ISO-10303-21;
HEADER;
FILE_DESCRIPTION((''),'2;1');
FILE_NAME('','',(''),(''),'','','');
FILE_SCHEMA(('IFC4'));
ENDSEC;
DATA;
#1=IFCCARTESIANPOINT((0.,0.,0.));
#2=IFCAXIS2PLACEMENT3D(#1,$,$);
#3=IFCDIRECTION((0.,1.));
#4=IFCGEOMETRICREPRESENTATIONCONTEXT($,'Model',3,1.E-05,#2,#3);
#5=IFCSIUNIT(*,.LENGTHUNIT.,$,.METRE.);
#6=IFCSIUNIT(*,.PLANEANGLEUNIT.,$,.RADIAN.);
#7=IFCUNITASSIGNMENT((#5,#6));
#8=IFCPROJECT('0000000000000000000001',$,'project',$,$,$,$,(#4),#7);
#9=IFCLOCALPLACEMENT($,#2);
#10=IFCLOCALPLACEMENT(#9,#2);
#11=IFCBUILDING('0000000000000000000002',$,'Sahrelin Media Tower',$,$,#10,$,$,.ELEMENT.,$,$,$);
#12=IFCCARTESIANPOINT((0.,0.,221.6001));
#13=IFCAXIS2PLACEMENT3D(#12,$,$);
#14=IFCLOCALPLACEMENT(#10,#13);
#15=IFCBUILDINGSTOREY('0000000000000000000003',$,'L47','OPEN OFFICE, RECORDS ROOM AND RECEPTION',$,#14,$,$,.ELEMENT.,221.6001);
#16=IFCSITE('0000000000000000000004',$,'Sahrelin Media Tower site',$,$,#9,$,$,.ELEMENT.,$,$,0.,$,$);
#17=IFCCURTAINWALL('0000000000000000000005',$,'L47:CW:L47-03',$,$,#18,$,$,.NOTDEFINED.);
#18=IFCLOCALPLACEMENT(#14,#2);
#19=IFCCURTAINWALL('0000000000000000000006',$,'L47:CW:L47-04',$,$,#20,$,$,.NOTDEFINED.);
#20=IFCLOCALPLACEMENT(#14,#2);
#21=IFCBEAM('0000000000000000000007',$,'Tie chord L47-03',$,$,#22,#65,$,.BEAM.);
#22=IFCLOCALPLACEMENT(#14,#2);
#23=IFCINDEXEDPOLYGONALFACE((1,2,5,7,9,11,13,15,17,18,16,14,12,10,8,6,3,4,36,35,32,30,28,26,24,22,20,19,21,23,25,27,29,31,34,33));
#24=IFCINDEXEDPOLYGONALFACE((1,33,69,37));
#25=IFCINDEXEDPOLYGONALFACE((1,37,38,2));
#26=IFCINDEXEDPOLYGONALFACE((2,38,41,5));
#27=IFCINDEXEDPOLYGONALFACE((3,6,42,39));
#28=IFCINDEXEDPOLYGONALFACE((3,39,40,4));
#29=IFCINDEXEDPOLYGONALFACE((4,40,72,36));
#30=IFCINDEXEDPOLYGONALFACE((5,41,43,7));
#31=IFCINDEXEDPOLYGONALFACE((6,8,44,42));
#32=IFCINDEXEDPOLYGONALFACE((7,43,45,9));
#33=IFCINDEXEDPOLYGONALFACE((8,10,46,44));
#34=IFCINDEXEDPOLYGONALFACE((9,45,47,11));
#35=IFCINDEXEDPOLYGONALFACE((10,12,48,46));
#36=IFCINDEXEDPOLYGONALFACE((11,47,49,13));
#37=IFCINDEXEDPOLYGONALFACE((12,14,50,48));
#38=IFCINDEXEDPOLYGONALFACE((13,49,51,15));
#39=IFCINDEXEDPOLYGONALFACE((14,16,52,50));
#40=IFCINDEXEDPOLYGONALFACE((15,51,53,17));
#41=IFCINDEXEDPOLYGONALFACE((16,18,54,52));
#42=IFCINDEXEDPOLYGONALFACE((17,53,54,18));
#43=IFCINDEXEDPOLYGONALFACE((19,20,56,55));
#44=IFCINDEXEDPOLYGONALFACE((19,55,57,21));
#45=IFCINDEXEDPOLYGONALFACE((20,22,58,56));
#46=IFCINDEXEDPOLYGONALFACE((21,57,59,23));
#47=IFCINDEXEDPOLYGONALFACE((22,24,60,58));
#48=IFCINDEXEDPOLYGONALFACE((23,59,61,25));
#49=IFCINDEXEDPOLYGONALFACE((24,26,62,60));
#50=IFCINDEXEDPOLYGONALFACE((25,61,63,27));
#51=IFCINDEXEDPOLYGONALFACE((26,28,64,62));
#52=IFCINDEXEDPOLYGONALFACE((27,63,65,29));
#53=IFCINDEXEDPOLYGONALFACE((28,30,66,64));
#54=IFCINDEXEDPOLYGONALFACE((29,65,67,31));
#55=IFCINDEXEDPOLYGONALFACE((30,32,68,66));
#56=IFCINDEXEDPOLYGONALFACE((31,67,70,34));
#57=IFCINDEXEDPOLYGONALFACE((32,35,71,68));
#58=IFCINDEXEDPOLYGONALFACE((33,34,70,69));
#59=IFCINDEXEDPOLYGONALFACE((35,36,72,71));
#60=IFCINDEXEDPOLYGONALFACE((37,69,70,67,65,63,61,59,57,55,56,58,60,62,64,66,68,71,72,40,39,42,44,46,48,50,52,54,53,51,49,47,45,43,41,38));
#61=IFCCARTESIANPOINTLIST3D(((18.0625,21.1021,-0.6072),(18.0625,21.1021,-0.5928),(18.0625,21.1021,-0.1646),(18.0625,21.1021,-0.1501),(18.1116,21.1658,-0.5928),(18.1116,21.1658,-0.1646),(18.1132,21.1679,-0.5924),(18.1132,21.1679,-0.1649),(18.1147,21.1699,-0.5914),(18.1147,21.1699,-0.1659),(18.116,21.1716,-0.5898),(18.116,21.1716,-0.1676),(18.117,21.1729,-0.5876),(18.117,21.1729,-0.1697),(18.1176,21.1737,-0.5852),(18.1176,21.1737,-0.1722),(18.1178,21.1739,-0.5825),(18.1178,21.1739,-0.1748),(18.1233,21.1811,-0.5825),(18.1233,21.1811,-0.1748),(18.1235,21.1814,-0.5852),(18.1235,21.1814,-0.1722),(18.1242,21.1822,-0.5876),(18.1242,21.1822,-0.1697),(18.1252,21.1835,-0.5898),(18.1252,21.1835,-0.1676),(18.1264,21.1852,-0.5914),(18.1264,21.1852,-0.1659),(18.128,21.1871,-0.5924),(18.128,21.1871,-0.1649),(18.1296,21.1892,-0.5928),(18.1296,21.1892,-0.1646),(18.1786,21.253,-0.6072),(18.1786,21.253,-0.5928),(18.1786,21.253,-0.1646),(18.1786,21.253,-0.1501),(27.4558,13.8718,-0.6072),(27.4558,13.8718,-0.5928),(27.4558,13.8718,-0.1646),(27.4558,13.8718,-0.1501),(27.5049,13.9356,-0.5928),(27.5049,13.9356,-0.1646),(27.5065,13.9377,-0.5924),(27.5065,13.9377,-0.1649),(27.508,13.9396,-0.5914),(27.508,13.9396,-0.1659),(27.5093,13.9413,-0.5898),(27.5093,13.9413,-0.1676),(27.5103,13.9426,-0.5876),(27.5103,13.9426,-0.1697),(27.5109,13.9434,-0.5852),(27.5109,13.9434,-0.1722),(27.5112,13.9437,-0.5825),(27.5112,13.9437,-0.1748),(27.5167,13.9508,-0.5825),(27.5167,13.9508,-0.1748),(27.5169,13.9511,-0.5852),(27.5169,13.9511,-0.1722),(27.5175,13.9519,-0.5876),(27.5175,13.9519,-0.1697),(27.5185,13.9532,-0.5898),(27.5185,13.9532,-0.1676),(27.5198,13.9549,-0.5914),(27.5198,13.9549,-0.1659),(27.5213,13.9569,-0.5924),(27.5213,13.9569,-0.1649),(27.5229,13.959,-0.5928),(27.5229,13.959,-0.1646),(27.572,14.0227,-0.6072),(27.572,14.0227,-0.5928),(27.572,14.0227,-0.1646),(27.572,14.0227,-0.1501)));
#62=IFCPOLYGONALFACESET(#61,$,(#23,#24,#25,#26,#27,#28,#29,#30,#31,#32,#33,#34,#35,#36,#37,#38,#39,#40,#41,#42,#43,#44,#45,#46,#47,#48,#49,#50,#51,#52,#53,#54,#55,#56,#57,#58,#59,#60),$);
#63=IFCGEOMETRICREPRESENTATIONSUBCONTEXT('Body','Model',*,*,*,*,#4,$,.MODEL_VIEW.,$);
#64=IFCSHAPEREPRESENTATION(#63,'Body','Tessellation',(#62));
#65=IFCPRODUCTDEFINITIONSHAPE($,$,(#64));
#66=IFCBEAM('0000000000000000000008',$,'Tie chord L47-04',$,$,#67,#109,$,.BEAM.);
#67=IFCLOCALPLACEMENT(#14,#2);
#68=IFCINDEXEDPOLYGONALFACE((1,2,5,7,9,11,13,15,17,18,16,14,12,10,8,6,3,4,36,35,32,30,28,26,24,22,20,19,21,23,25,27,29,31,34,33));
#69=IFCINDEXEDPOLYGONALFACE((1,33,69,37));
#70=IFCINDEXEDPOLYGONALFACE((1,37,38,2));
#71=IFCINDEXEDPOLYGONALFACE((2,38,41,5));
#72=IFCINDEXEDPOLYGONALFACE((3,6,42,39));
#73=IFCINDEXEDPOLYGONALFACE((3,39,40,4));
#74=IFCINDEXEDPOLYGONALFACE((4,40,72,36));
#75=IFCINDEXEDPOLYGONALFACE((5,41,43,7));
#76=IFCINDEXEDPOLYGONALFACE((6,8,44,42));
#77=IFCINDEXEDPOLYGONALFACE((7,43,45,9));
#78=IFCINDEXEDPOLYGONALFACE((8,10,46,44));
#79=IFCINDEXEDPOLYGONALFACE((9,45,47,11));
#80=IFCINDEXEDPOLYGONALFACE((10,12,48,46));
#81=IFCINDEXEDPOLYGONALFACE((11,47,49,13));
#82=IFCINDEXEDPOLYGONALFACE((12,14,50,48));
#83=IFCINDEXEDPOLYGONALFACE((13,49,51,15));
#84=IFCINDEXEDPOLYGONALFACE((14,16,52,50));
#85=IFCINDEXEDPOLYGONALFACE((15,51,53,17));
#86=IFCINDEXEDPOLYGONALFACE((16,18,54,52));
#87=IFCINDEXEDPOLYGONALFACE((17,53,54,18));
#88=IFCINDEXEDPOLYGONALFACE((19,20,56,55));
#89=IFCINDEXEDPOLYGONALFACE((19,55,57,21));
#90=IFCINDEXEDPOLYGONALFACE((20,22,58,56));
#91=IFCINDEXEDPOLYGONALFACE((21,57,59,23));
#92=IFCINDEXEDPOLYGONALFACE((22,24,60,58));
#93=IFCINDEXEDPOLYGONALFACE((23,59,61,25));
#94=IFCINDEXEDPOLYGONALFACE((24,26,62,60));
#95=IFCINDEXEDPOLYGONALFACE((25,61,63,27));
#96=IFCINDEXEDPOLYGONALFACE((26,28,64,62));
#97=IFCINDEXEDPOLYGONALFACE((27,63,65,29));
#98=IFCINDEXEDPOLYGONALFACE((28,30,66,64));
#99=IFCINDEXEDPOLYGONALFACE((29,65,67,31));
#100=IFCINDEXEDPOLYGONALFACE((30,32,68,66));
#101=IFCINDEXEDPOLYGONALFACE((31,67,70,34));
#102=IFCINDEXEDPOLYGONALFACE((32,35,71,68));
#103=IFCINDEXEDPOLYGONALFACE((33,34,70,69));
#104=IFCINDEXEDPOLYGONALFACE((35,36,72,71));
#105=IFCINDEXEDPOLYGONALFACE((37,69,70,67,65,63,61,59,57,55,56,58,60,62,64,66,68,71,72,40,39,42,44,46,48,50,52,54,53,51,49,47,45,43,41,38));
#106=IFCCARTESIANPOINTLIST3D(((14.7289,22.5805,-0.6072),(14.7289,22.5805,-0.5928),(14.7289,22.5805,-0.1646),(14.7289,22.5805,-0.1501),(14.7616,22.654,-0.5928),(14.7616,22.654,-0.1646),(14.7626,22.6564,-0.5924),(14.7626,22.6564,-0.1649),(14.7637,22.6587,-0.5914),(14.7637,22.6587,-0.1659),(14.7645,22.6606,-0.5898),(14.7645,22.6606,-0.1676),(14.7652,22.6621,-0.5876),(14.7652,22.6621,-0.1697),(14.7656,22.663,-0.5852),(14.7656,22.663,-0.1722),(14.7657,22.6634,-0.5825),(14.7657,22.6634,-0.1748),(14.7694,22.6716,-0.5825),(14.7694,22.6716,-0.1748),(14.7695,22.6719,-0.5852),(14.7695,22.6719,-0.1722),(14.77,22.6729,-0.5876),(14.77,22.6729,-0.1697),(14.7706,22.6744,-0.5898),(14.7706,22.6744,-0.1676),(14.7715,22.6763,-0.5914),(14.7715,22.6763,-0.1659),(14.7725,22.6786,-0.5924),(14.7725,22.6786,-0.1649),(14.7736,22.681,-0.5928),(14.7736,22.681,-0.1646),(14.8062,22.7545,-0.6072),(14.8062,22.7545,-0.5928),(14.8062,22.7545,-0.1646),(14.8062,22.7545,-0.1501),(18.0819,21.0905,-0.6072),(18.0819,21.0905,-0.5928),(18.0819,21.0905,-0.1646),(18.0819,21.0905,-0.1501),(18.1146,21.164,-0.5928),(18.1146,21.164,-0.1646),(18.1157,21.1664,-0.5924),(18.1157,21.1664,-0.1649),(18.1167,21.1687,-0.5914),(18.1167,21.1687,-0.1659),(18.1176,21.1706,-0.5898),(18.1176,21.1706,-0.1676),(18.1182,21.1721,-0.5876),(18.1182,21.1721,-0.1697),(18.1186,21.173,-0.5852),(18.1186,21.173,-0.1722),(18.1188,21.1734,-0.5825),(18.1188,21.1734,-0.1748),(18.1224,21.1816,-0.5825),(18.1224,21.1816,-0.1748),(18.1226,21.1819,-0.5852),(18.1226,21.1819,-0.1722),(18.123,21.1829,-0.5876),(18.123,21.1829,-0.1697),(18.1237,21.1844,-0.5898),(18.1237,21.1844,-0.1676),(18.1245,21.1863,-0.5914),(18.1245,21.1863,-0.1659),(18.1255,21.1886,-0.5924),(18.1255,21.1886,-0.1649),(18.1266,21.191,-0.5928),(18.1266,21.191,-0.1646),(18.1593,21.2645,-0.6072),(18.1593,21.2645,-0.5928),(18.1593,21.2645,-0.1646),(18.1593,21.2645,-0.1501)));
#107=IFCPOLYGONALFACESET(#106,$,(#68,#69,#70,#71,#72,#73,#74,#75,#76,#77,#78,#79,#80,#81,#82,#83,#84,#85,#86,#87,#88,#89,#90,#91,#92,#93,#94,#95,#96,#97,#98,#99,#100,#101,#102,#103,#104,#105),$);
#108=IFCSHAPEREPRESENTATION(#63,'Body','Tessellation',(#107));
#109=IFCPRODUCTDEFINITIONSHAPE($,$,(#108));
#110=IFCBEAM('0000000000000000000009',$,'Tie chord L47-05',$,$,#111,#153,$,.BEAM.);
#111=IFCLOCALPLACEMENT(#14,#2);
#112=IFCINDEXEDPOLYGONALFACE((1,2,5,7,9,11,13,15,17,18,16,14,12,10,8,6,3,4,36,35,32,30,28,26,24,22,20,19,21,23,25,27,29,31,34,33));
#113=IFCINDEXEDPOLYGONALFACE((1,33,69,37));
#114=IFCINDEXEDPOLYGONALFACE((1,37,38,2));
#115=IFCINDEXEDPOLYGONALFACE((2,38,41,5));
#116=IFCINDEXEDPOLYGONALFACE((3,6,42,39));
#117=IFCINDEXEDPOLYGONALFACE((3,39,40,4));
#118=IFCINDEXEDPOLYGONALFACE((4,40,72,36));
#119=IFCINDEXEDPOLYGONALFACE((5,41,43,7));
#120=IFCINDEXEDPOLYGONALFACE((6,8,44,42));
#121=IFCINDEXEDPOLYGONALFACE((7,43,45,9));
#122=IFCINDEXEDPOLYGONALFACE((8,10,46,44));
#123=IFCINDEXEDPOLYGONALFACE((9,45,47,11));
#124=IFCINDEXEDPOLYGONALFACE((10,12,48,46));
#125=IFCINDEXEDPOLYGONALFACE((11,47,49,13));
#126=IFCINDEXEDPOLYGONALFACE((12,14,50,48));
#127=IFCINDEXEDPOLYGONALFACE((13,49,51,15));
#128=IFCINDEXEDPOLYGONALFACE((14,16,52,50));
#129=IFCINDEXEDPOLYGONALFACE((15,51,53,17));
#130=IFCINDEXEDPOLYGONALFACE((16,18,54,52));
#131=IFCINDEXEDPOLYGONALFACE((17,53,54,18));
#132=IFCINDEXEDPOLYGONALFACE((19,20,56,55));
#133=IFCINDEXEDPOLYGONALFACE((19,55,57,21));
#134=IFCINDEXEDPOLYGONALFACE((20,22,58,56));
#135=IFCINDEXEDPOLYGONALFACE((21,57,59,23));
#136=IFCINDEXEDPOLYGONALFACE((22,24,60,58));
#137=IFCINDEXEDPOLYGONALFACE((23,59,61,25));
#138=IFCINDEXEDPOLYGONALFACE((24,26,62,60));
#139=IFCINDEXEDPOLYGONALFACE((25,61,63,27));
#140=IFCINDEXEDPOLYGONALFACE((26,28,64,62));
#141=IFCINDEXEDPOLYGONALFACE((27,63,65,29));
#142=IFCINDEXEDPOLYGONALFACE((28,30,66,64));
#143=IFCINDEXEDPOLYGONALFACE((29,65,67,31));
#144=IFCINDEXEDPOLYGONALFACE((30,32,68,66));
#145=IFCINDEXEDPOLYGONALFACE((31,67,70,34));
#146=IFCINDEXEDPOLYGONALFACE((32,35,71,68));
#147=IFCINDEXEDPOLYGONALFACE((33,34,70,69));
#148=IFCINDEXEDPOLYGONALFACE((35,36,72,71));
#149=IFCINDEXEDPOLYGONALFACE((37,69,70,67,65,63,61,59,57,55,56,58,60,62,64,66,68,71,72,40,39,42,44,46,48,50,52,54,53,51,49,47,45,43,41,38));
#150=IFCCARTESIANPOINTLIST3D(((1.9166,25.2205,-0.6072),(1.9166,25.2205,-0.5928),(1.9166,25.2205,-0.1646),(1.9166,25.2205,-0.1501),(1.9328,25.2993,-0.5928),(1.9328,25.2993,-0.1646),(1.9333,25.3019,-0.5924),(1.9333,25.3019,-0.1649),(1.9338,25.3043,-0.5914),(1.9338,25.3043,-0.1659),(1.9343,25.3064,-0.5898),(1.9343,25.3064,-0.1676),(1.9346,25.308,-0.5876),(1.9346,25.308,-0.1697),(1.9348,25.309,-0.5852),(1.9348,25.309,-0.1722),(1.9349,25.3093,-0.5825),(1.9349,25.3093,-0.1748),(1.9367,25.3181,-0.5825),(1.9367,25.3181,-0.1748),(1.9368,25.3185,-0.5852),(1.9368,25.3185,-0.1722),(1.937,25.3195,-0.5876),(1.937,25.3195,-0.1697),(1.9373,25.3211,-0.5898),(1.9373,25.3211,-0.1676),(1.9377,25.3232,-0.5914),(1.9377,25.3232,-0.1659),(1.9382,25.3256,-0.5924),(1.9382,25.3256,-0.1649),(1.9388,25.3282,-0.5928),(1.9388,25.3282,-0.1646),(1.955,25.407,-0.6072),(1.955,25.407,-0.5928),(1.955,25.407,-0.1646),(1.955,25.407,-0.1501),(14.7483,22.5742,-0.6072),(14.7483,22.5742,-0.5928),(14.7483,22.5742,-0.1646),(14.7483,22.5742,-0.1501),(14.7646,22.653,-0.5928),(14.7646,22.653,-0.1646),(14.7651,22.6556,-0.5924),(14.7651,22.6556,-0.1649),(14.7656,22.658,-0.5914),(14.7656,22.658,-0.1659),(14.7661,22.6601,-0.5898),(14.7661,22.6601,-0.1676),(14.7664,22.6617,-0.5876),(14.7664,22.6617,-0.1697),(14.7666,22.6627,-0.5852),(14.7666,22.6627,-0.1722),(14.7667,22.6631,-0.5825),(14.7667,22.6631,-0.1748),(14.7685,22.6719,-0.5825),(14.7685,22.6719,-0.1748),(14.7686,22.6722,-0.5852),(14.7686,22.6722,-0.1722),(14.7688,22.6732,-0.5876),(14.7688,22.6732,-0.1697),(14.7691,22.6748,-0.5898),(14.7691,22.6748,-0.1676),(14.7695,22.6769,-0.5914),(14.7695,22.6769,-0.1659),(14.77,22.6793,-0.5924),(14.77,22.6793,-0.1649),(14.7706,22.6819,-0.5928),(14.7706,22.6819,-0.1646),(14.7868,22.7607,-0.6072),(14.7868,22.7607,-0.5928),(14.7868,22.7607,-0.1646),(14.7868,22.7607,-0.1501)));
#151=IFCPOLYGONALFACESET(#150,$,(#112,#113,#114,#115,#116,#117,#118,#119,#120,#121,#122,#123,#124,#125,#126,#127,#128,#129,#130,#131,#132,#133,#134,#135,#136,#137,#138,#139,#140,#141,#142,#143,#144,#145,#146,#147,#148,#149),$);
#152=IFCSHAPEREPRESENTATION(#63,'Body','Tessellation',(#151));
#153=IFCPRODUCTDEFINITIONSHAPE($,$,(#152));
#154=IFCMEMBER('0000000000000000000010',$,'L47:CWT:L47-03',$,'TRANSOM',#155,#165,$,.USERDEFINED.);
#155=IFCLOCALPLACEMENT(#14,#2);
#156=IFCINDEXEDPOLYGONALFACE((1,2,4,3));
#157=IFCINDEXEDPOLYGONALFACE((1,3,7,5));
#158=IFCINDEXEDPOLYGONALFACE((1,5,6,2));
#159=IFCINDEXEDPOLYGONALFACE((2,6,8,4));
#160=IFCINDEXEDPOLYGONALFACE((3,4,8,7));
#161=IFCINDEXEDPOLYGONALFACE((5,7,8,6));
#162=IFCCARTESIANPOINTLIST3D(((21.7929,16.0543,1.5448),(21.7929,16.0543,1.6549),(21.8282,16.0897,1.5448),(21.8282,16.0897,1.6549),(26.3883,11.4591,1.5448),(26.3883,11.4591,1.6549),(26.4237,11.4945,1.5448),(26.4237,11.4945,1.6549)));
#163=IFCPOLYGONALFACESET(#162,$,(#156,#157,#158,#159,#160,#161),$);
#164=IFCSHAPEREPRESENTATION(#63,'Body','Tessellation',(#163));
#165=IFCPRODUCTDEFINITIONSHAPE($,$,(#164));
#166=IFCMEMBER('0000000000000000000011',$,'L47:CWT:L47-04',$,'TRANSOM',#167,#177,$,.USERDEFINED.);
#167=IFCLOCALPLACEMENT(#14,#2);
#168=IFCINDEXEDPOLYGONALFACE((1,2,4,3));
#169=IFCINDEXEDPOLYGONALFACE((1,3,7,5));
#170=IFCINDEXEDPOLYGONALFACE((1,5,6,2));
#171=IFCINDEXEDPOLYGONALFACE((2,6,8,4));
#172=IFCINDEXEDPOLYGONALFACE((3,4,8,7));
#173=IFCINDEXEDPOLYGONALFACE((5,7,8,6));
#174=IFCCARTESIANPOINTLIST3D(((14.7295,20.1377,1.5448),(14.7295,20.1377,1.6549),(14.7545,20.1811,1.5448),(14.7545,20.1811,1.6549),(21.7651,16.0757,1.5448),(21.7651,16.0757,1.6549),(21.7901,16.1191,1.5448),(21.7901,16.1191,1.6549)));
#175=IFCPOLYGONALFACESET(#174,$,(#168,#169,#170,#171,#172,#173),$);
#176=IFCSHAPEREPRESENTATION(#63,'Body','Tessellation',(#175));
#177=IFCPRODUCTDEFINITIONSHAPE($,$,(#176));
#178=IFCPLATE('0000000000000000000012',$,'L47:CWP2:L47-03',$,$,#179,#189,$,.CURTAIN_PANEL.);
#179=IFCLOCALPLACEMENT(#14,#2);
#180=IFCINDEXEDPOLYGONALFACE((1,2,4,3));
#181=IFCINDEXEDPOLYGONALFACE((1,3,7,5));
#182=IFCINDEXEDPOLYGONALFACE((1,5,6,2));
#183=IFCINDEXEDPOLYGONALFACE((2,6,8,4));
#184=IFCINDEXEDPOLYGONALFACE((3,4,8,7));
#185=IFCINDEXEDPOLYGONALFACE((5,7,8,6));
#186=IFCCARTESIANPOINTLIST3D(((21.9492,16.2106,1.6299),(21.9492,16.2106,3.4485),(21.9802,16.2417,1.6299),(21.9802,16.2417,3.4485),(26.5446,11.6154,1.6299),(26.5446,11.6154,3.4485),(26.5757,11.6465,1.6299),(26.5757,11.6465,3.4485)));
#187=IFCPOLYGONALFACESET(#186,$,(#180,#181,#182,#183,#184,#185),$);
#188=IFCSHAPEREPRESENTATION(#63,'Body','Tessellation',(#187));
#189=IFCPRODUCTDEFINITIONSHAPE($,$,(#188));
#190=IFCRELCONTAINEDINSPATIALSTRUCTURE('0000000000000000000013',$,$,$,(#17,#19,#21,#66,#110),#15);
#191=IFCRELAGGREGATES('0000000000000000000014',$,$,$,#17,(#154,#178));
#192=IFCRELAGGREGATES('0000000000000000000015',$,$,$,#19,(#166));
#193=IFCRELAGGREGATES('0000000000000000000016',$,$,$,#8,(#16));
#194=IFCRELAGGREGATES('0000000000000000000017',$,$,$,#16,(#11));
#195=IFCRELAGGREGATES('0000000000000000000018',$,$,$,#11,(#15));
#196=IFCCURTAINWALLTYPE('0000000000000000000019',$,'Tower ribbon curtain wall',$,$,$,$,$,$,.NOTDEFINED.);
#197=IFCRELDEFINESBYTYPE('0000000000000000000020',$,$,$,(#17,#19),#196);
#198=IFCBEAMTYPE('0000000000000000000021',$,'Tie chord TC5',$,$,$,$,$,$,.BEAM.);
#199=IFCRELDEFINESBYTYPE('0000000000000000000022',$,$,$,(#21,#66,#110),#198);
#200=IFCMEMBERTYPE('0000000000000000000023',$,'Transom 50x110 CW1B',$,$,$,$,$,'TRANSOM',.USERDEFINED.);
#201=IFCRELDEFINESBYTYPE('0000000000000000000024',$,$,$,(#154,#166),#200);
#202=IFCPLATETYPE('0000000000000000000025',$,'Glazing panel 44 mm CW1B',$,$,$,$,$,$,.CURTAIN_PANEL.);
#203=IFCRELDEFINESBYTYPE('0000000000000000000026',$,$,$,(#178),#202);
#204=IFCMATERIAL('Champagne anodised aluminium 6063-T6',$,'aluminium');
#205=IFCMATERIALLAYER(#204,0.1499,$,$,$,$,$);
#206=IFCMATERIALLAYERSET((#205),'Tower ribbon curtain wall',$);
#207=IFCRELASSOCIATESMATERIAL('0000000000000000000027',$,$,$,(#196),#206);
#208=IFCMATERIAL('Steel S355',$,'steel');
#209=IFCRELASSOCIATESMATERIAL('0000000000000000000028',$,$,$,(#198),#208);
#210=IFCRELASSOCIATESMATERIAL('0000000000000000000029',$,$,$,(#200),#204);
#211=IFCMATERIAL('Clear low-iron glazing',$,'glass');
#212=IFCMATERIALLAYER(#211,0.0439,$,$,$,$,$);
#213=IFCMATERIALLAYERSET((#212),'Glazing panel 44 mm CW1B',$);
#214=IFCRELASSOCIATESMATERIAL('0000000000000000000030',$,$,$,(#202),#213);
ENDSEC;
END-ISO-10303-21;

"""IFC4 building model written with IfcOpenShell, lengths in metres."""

from ifc_helpers import new_model, si_unit, direction, frame, origin, origin_2d, place, context, subcontext, project, spatial, polyline, rectangle, i_section, outline, extrude, material, layer, layer_set, material_profile, profile_set, type_object, element, aggregate, save


model = new_model("IFC4")

# Units and contexts
model_context = context("Model", 3, precision=1e-05, world=origin(), true_north=direction((0.0, 1.0)))
body_context = subcontext(model_context, "Body", "Model", "MODEL_VIEW")
ifc_project = project(units=[si_unit("LENGTHUNIT", "METRE"), si_unit("PLANEANGLEUNIT", "RADIAN")], contexts=[model_context])

# Site, building, storey
site_placement = place(None, origin())
site = spatial("IfcSite", under=ifc_project, at=site_placement, Name="Sahrelin Media Tower site", CompositionType="ELEMENT", RefElevation=0.0)
building_placement = place(site_placement, origin())
building = spatial("IfcBuilding", under=site, at=building_placement, Name="Sahrelin Media Tower", CompositionType="ELEMENT")
storey_placement = place(building_placement, frame((0.0, 0.0, 221.6001)))
storey = spatial("IfcBuildingStorey", under=building, at=storey_placement, Name="L47", Description="OPEN OFFICE, RECORDS ROOM AND RECEPTION", CompositionType="ELEMENT", Elevation=221.6001)

# Shared definitions
ifc_material_1 = material(Name="Steel S355", Category="steel")

# Curtain walls
ifc_material_2 = material(Name="Champagne anodised aluminium 6063-T6", Category="aluminium")
ifc_layer_1 = layer(ifc_material_2, 0.1499)
ifc_layer_set_1 = layer_set([ifc_layer_1], Name="Tower ribbon curtain wall")
curtain_wall_type = type_object("IfcCurtainWallType", Name="Tower ribbon curtain wall", PredefinedType="NOTDEFINED", material=ifc_layer_set_1)
curtain_wall_1_placement = place(storey_placement, frame((24.2639, 13.9299, 0.0), z_axis=(0.0, 0.0, 1.0), x_axis=(1.0, 0.0, 0.0)))
curtain_wall_1 = element("IfcCurtainWall", 1, at=curtain_wall_1_placement, inside=storey, type_object=curtain_wall_type, Name="L47:CW:L47-03", PredefinedType="NOTDEFINED")
curtain_wall_2_placement = place(storey_placement, frame((18.3696, 18.3191, 0.0), z_axis=(0.0, 0.0, 1.0), x_axis=(1.0, 0.0, 0.0)))
curtain_wall_2 = element("IfcCurtainWall", 2, at=curtain_wall_2_placement, inside=storey, type_object=curtain_wall_type, Name="L47:CW:L47-04", PredefinedType="NOTDEFINED")

# Beams
ifc_material_profile_1 = material_profile(ifc_material_1, i_section(OverallWidth=0.1904, OverallDepth=0.457, WebThickness=0.009, FlangeThickness=0.0144, FilletRadius=0.0103, at=origin_2d()), Name="UB 457x191x74")
ifc_profile_set_1 = profile_set([ifc_material_profile_1], Name="Steel S355")
beam_type_1 = type_object("IfcBeamType", Name="Tie chord TC5", PredefinedType="BEAM", material=ifc_profile_set_1)
beam_1_placement = place(storey_placement, frame((27.5139, 13.9473, -0.3787), z_axis=(-0.792436, 0.609955, 0.0), x_axis=(-0.609955, -0.792436, 0.0)))
element("IfcBeam", 3, at=beam_1_placement, inside=storey, type_object=beam_type_1, Name="Tie chord L47-03", PredefinedType="BEAM", context=body_context, shape_type="SweptSolid", body=[
    extrude(i_section(OverallWidth=0.1904, OverallDepth=0.457, WebThickness=0.009, FlangeThickness=0.0144, FilletRadius=0.0103, at=origin_2d()), origin(), (0.0, 0.0, 1.0), 11.8538),
])
beam_2_placement = place(storey_placement, frame((18.1206, 21.1775, -0.3787), z_axis=(-0.913836, 0.406083, 0.0), x_axis=(-0.406083, -0.913836, 0.0)))
element("IfcBeam", 4, at=beam_2_placement, inside=storey, type_object=beam_type_1, Name="Tie chord L47-04", PredefinedType="BEAM", context=body_context, shape_type="SweptSolid", body=[
    extrude(i_section(OverallWidth=0.1904, OverallDepth=0.457, WebThickness=0.009, FlangeThickness=0.0144, FilletRadius=0.0103, at=origin_2d()), origin(), (0.0, 0.0, 1.0), 3.6692),
])
beam_3_placement = place(storey_placement, frame((14.7676, 22.6675, -0.3787), z_axis=(-0.979391, 0.201975, 0.0), x_axis=(-0.201975, -0.979391, 0.0)))
element("IfcBeam", 5, at=beam_3_placement, inside=storey, type_object=beam_type_1, Name="Tie chord L47-05", PredefinedType="BEAM", context=body_context, shape_type="SweptSolid", body=[
    extrude(i_section(OverallWidth=0.1904, OverallDepth=0.457, WebThickness=0.009, FlangeThickness=0.0144, FilletRadius=0.0103, at=origin_2d()), origin(), (0.0, 0.0, 1.0), 13.1018),
])

# Members
ifc_material_profile_2 = material_profile(ifc_material_2, rectangle(XDim=0.05, YDim=0.1101, at=origin_2d()), Name="Transom 50x110")
ifc_profile_set_2 = profile_set([ifc_material_profile_2], Name="Champagne anodised aluminium 6063-T6")
member_type_1 = type_object("IfcMemberType", Name="Transom 50x110 CW1B", ElementType="TRANSOM", PredefinedType="USERDEFINED", material=ifc_profile_set_2)
member_1_placement = place(storey_placement, frame((26.406, 11.4768, 1.5999), z_axis=(-0.707126, 0.707088, 0.0), x_axis=(-0.707088, -0.707126, 0.0)))
member_1 = element("IfcMember", 6, at=member_1_placement, type_object=member_type_1, Name="L47:CWT:L47-03", ObjectType="TRANSOM", PredefinedType="USERDEFINED", context=body_context, shape_type="SweptSolid", body=[
    extrude(rectangle(XDim=0.05, YDim=0.1101, at=origin_2d()), origin(), (0.0, 0.0, 1.0), 6.4988),
])
member_2_placement = place(storey_placement, frame((21.7776, 16.0974, 1.5999), z_axis=(-0.866026, 0.499998, 0.0), x_axis=(-0.499998, -0.866026, 0.0)))
member_2 = element("IfcMember", 7, at=member_2_placement, type_object=member_type_1, Name="L47:CWT:L47-04", ObjectType="TRANSOM", PredefinedType="USERDEFINED", context=body_context, shape_type="SweptSolid", body=[
    extrude(rectangle(XDim=0.05, YDim=0.1101, at=origin_2d()), origin(), (0.0, 0.0, 1.0), 8.124),
])

# Plate
ifc_material_3 = material(Name="Clear low-iron glazing", Category="glass")
ifc_layer_2 = layer(ifc_material_3, 0.0439)
ifc_layer_set_2 = layer_set([ifc_layer_2], Name="Glazing panel 44 mm CW1B")
plate_type_1 = type_object("IfcPlateType", Name="Glazing panel 44 mm CW1B", PredefinedType="CURTAIN_PANEL", material=ifc_layer_set_2)
plate_1_placement = place(storey_placement, frame((26.5757, 11.6465, 1.6299), z_axis=(0.707088, 0.707126, 0.0), x_axis=(-0.707126, 0.707088, 0.0)))
plate_1 = element("IfcPlate", 8, at=plate_1_placement, type_object=plate_type_1, Name="L47:CWP2:L47-03", PredefinedType="CURTAIN_PANEL", context=body_context, shape_type="SweptSolid", body=[
    extrude(outline(polyline([(0.0, 0.0), (6.4988, 0.0), (6.4988, 1.8186), (0.0, 1.8186), (0.0, 0.0)])), origin(), (0.0, 0.0, -1.0), 0.0439),
])

aggregate(curtain_wall_1, [member_1, plate_1])
aggregate(curtain_wall_2, [member_2])

save(model, "model.ifc")
